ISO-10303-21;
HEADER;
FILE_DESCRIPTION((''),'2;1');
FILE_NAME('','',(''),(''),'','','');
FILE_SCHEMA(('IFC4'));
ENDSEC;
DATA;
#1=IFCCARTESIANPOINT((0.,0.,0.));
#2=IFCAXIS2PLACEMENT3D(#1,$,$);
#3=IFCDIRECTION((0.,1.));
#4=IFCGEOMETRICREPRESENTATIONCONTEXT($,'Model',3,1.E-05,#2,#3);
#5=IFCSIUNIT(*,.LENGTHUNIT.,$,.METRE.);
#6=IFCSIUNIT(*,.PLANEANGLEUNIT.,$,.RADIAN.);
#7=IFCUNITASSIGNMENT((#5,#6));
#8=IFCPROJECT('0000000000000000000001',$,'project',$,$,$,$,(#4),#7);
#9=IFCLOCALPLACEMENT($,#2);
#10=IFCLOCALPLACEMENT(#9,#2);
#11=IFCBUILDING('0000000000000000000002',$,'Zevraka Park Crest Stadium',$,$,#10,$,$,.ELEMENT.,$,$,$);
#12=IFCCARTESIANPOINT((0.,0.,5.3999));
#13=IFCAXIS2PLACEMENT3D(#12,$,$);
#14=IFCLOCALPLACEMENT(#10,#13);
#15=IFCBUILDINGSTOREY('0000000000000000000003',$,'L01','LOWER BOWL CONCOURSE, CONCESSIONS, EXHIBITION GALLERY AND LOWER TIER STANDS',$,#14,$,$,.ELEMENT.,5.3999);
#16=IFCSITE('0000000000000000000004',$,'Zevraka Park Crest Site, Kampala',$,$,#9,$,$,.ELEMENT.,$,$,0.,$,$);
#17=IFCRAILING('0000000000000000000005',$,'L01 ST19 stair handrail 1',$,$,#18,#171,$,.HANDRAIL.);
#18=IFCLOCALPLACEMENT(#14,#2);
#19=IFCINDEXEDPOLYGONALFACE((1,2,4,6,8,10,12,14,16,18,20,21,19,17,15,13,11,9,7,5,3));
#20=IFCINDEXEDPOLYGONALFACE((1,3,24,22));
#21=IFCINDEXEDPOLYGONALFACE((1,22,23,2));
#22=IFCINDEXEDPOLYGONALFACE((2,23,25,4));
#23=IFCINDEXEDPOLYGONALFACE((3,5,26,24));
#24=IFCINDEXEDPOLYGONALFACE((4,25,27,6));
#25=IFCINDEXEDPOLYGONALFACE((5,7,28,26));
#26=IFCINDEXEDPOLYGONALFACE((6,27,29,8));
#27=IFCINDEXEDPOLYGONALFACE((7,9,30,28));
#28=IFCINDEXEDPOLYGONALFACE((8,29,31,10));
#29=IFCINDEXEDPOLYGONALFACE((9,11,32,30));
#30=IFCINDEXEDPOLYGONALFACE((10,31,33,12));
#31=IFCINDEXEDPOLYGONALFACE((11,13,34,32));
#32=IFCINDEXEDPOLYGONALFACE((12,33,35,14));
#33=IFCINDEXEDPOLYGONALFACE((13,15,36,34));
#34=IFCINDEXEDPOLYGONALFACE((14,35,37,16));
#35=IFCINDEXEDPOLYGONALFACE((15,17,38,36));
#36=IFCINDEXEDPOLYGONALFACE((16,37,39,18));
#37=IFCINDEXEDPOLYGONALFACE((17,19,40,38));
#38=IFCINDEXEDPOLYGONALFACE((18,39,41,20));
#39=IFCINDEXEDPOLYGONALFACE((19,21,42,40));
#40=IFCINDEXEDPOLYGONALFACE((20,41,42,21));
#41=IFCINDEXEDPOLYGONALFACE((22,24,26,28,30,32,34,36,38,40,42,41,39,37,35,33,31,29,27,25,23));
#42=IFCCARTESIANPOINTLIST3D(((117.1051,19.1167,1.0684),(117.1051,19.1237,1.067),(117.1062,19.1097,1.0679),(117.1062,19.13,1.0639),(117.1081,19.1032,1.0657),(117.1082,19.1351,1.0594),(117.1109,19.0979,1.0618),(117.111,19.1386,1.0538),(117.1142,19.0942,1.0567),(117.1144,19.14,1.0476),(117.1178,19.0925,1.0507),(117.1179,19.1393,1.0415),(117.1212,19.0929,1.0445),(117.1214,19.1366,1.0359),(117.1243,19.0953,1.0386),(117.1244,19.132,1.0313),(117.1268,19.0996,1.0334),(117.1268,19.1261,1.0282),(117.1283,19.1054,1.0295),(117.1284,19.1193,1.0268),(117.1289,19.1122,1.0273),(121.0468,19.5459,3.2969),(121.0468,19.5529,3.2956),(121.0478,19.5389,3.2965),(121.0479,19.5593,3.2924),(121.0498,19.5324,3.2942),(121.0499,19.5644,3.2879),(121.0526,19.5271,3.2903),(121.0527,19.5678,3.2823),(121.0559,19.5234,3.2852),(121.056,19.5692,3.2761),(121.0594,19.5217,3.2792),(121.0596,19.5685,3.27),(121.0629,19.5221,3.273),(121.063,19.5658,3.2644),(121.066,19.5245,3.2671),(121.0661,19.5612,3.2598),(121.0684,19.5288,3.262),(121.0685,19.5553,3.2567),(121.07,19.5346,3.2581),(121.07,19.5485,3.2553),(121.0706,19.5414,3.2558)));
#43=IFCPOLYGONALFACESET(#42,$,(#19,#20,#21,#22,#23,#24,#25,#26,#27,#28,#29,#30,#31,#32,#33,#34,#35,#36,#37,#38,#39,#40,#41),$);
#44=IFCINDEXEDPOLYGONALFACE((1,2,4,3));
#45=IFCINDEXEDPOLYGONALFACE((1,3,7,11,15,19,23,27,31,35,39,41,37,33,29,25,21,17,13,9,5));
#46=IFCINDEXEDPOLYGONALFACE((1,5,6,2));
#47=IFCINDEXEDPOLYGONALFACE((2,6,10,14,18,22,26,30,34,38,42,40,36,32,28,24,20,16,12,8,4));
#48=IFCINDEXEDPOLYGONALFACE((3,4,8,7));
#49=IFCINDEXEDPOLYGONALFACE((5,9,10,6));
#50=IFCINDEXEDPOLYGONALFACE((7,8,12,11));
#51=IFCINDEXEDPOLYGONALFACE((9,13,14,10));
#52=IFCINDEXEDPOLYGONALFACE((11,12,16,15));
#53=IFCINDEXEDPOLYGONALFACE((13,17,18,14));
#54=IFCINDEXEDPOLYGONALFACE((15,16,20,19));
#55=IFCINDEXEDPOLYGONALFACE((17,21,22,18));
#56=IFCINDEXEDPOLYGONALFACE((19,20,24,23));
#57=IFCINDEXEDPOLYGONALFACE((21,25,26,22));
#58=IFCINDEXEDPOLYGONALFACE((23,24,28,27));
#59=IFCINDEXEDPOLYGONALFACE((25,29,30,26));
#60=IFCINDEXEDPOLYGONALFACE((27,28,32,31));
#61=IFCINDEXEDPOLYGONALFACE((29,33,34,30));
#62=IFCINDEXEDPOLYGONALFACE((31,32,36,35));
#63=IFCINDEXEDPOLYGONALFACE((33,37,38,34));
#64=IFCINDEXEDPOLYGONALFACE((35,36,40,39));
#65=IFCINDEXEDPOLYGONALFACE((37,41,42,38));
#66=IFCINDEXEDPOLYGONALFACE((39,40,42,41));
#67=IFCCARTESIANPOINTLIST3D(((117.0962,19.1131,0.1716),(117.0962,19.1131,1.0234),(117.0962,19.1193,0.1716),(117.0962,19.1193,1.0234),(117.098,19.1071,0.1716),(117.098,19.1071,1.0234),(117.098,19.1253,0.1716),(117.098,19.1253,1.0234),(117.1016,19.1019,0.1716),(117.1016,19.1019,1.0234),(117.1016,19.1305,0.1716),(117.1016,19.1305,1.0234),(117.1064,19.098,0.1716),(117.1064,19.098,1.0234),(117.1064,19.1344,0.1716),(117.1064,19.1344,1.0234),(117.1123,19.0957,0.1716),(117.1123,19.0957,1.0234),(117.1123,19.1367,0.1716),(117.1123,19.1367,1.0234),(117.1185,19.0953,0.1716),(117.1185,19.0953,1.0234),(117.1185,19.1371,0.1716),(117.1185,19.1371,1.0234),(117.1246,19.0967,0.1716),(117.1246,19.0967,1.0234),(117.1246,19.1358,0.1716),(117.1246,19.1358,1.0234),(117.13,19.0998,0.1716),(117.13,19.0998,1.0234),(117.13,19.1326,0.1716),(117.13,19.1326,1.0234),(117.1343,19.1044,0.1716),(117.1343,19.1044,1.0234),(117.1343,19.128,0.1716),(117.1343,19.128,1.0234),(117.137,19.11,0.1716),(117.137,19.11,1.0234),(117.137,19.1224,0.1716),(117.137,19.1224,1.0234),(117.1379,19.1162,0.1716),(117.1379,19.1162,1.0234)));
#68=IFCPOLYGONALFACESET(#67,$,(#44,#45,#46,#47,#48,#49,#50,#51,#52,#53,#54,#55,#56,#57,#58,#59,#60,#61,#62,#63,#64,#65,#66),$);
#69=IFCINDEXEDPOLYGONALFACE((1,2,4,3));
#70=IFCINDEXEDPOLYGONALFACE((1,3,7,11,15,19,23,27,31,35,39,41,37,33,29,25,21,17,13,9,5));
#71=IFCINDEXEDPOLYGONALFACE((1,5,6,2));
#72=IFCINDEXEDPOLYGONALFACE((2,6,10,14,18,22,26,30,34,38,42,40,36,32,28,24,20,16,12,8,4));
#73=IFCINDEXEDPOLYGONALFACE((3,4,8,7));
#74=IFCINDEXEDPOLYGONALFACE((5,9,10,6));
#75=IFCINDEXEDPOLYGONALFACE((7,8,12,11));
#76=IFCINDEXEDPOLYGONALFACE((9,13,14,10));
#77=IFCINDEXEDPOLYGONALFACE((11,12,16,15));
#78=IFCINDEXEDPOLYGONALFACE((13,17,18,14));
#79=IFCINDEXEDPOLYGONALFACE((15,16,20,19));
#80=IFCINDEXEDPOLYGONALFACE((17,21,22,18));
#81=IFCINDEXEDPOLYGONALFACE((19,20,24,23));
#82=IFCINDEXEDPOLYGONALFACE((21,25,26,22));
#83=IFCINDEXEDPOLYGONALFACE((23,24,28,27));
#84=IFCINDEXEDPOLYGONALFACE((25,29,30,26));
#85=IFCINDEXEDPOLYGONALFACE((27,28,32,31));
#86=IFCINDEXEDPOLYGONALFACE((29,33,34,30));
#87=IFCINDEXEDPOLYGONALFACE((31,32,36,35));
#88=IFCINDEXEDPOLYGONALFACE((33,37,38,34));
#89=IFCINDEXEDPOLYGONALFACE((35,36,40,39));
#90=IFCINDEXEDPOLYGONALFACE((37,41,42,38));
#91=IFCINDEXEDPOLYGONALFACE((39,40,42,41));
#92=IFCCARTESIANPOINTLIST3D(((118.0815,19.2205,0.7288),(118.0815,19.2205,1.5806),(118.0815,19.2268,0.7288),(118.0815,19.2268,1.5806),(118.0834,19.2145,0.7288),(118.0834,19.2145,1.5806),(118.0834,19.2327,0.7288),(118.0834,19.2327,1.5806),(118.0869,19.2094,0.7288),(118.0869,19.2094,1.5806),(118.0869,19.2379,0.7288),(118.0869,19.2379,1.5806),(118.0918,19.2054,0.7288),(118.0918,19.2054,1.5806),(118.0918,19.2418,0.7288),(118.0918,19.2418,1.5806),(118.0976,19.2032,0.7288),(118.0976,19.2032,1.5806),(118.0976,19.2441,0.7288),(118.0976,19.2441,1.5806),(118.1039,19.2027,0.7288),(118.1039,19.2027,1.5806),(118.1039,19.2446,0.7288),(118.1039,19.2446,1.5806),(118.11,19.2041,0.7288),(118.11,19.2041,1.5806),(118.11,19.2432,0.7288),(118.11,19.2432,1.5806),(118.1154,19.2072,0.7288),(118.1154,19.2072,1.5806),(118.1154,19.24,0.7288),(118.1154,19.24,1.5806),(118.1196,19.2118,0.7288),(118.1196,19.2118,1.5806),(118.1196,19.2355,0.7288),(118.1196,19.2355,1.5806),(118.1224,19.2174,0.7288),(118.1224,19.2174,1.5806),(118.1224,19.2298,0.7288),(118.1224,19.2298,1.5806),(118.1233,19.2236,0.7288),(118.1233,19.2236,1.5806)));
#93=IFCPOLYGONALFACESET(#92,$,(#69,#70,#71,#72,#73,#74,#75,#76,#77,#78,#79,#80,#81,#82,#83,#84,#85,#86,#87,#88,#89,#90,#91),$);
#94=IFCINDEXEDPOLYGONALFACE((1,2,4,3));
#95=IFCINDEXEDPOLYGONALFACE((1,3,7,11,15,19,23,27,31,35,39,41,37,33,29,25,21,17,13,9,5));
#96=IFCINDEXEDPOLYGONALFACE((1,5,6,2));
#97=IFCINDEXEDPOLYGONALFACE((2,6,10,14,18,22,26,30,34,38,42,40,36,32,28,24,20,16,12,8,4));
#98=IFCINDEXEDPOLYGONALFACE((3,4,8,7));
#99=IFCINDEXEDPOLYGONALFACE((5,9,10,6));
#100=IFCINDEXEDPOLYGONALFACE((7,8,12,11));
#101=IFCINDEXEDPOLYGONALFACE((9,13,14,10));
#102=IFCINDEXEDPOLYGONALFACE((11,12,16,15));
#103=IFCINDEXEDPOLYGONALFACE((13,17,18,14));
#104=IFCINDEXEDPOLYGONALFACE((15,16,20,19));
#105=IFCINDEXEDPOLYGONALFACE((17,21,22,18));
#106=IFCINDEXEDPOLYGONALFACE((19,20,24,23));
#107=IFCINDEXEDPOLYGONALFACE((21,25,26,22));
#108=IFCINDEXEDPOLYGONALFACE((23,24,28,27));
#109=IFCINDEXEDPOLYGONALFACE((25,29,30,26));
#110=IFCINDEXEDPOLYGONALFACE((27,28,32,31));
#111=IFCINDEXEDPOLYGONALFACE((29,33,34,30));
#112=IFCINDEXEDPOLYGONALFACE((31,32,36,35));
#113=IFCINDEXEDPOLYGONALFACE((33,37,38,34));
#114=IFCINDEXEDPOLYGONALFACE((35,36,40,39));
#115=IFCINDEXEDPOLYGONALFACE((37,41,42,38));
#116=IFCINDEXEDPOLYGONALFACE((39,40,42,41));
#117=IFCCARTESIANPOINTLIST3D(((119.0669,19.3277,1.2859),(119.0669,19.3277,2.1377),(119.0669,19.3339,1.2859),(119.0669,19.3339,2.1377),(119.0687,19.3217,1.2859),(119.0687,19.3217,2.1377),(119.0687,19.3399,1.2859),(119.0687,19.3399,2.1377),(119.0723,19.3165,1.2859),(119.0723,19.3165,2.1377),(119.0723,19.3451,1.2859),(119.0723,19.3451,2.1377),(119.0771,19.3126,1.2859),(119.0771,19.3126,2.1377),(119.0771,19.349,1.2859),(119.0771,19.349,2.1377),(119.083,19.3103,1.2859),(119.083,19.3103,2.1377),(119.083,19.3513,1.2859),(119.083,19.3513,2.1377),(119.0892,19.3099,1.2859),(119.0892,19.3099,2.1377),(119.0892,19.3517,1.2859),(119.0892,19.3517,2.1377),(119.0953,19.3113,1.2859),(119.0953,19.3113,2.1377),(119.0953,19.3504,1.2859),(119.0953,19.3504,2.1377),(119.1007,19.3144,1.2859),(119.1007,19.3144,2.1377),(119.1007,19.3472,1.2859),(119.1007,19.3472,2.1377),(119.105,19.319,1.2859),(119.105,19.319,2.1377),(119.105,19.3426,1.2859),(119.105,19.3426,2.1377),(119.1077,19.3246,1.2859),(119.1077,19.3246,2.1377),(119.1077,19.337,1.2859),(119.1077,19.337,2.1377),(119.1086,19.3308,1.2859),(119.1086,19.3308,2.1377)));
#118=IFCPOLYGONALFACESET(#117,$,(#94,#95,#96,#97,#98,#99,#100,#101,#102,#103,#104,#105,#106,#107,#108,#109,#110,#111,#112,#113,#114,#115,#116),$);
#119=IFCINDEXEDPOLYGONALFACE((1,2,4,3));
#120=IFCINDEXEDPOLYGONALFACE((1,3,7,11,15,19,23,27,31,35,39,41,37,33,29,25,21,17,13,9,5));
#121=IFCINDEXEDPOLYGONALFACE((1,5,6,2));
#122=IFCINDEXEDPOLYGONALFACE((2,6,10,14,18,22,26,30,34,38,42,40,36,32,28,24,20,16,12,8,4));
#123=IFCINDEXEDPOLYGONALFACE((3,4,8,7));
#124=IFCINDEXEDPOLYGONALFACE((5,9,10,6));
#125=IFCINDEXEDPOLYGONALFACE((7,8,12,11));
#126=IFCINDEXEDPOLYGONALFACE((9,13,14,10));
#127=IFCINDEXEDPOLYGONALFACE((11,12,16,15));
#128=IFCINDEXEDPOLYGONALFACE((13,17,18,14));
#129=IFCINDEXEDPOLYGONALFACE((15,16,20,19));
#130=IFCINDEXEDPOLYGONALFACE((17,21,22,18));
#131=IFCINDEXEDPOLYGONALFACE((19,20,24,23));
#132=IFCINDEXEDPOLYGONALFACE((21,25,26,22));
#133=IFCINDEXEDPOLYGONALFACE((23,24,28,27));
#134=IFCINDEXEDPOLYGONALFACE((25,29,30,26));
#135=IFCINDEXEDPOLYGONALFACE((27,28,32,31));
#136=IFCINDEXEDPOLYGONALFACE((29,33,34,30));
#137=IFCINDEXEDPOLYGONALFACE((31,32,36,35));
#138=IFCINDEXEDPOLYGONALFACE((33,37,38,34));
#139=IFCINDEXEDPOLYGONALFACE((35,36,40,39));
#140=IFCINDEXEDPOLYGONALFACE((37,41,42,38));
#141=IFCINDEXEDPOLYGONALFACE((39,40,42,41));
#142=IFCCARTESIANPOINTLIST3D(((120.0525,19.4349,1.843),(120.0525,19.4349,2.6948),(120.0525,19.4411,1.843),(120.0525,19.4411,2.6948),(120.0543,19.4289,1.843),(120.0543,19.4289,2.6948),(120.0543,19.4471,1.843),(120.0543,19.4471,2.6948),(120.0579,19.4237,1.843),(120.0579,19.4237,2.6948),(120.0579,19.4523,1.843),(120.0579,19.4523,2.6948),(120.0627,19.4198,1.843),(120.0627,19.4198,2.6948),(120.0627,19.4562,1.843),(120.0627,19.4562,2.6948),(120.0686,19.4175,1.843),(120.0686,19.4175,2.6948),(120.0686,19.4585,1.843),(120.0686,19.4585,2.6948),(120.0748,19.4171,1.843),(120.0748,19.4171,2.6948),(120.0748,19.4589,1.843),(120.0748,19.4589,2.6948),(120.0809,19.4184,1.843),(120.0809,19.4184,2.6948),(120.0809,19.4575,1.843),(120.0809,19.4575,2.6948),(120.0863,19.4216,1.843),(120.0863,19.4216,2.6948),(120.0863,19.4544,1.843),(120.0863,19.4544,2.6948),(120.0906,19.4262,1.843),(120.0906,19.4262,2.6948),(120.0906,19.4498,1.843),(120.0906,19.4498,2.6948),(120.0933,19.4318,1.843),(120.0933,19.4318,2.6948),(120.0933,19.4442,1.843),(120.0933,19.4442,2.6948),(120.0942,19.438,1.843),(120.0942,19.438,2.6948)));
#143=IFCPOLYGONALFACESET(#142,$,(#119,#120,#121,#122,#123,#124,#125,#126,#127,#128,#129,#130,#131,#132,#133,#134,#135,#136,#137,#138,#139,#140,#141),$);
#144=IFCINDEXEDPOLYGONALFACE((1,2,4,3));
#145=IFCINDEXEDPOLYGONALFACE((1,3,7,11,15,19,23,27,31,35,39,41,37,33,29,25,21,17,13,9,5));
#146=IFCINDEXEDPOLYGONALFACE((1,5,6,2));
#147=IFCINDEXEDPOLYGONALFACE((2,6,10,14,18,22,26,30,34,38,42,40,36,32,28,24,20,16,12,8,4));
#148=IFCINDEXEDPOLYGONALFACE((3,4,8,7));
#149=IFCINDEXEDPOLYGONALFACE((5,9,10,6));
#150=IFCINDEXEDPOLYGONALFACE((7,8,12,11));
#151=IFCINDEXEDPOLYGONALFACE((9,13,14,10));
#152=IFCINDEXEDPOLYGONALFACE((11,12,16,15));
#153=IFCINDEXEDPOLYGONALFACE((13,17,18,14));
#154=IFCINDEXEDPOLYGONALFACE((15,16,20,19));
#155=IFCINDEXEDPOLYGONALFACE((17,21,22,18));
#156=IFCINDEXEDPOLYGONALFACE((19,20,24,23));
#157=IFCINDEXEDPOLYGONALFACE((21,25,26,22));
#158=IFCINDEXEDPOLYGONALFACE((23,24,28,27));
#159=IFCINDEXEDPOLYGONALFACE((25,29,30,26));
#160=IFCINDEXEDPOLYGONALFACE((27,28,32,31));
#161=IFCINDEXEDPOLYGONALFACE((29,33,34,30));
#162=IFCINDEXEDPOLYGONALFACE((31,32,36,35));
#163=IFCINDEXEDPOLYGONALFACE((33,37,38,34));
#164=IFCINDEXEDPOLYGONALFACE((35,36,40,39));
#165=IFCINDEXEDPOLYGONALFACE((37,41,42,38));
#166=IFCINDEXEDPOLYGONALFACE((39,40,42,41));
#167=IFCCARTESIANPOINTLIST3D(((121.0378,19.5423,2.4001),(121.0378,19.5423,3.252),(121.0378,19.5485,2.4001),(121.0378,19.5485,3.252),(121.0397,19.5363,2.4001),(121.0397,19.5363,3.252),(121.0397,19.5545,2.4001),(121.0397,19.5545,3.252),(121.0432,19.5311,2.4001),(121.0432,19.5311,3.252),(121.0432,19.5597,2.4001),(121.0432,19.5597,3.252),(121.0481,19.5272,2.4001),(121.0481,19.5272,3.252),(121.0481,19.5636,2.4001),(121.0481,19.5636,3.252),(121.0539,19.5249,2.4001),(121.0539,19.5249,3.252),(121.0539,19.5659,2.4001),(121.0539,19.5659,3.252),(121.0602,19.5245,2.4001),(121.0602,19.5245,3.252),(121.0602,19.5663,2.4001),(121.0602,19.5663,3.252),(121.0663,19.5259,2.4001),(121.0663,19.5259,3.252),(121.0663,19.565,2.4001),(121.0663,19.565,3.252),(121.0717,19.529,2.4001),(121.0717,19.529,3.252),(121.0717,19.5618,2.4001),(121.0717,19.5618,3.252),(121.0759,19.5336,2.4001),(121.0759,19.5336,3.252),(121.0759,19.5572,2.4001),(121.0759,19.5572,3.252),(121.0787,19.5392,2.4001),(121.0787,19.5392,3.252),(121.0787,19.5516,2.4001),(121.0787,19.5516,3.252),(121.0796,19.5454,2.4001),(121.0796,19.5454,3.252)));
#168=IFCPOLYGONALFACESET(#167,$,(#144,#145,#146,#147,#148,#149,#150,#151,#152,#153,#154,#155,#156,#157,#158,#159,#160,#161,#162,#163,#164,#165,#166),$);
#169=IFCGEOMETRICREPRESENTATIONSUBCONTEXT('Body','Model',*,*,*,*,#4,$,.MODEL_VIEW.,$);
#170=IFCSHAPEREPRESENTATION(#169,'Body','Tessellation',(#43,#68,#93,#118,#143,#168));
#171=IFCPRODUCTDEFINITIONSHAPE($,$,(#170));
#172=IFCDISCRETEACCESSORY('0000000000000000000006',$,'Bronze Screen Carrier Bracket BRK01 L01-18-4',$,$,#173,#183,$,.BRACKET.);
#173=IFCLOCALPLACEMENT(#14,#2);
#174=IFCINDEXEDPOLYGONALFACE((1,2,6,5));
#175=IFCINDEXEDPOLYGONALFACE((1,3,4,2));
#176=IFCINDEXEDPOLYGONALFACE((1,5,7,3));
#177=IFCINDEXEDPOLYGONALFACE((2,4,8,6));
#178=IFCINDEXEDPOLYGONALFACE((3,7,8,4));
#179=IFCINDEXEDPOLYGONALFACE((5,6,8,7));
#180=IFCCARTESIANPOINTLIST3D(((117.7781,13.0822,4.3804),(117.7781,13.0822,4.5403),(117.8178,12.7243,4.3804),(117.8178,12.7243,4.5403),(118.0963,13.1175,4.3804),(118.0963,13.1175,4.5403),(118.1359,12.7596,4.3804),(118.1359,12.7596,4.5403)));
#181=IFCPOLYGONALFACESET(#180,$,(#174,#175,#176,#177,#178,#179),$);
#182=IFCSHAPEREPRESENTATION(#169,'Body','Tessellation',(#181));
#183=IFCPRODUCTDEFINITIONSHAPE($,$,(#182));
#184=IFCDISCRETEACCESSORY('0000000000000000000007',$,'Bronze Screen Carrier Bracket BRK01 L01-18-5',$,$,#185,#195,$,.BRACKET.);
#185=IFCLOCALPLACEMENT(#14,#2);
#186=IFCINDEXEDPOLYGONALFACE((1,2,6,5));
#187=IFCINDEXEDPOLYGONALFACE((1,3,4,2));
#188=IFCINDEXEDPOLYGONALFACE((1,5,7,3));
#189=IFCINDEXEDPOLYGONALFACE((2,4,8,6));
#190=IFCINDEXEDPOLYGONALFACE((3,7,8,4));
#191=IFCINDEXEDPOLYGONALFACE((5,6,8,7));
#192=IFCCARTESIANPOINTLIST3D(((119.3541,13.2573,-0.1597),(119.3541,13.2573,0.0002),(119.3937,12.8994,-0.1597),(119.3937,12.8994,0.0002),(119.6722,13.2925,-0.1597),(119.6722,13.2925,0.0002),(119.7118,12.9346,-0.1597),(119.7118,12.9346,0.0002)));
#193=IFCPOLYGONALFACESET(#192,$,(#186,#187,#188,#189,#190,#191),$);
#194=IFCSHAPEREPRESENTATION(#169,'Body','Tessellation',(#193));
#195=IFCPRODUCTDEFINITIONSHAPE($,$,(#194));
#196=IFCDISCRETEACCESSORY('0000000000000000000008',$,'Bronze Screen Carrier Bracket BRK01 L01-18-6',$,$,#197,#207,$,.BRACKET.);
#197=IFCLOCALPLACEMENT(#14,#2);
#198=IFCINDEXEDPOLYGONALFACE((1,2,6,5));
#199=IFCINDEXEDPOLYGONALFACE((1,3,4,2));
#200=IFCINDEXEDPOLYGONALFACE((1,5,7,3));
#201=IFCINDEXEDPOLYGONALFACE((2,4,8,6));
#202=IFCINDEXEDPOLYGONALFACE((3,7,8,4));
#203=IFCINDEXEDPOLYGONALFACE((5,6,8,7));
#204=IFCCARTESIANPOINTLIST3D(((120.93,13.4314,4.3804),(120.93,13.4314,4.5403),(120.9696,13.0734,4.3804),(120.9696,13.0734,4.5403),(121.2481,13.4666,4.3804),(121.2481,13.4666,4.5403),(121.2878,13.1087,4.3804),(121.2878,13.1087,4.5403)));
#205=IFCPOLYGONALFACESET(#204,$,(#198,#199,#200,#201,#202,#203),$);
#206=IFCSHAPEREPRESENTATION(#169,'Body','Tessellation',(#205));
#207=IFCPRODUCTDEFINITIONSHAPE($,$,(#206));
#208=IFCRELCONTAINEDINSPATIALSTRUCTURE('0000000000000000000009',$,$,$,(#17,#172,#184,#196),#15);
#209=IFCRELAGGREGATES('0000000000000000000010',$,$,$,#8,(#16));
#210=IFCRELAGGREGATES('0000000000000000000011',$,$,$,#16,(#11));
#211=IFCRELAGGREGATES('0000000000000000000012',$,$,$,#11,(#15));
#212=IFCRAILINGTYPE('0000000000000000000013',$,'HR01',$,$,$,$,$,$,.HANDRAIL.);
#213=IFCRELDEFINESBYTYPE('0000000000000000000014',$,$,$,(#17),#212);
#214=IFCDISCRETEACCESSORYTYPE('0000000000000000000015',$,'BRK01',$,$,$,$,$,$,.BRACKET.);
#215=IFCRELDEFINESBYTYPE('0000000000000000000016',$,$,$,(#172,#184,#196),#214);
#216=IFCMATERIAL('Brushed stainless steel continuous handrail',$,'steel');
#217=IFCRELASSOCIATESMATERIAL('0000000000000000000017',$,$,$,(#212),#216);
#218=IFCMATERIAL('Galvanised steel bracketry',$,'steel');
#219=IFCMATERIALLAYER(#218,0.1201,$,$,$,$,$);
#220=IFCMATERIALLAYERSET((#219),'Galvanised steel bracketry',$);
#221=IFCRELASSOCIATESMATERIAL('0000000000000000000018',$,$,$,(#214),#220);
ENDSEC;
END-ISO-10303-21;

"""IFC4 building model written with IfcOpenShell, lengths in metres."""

from ifc_helpers import new_model, si_unit, direction, frame, origin, origin_2d, place, context, subcontext, project, spatial, rectangle, circle, extrude, material, layer, layer_set, type_object, element, save


model = new_model("IFC4")

# Units and contexts
model_context = context("Model", 3, precision=1e-05, world=origin(), true_north=direction((0.0, 1.0)))
body_context = subcontext(model_context, "Body", "Model", "MODEL_VIEW")
ifc_project = project(units=[si_unit("LENGTHUNIT", "METRE"), si_unit("PLANEANGLEUNIT", "RADIAN")], contexts=[model_context])

# Site, building, storey
site_placement = place(None, origin())
site = spatial("IfcSite", under=ifc_project, at=site_placement, Name="Zevraka Park Crest Site, Kampala", CompositionType="ELEMENT", RefElevation=0.0)
building_placement = place(site_placement, origin())
building = spatial("IfcBuilding", under=site, at=building_placement, Name="Zevraka Park Crest Stadium", CompositionType="ELEMENT")
storey_placement = place(building_placement, frame((0.0, 0.0, 5.3999)))
storey = spatial("IfcBuildingStorey", under=building, at=storey_placement, Name="L01", Description="LOWER BOWL CONCOURSE, CONCESSIONS, EXHIBITION GALLERY AND LOWER TIER STANDS", CompositionType="ELEMENT", Elevation=5.3999)

# Railing
ifc_material_1 = material(Name="Brushed stainless steel continuous handrail", Category="steel")
railing_type = type_object("IfcRailingType", Name="HR01", PredefinedType="HANDRAIL", material=ifc_material_1)
railing_placement = place(storey_placement, frame((117.1169, 19.1162, 0.1716)))
element("IfcRailing", 1, at=railing_placement, inside=storey, type_object=railing_type, Name="L01 ST19 stair handrail 1", PredefinedType="HANDRAIL", context=body_context, shape_type="SweptSolid", body=[
    extrude(circle(Radius=0.0239, at=origin_2d()), frame((0.0, 0.0, 0.876), z_axis=(0.866619, 0.094365, 0.489966), x_axis=(-0.108248, 0.994124, 0.0)), (0.0, 0.0, 1.0), 4.5483),
    extrude(circle(Radius=0.021, at=origin_2d()), origin(), (0.0, 0.0, 1.0), 0.8518),
    extrude(circle(Radius=0.021, at=origin_2d()), frame((0.9854, 0.1074, 0.5571)), (0.0, 0.0, 1.0), 0.8518),
    extrude(circle(Radius=0.021, at=origin_2d()), frame((1.9707, 0.2146, 1.1143)), (0.0, 0.0, 1.0), 0.8518),
    extrude(circle(Radius=0.021, at=origin_2d()), frame((2.9563, 0.3218, 1.6714)), (0.0, 0.0, 1.0), 0.8518),
    extrude(circle(Radius=0.021, at=origin_2d()), frame((3.9417, 0.4292, 2.2285)), (0.0, 0.0, 1.0), 0.8518),
])

# Discrete accessories
ifc_material_2 = material(Name="Galvanised steel bracketry", Category="steel")
ifc_layer_1 = layer(ifc_material_2, 0.1201)
ifc_layer_set_1 = layer_set([ifc_layer_1], Name="Galvanised steel bracketry")
discrete_accessory_type = type_object("IfcDiscreteAccessoryType", Name="BRK01", PredefinedType="BRACKET", material=ifc_layer_set_1)
for number, where, z_axis, x_axis, name in (
    (2, (117.957, 12.9209, 4.3804), (0.0, 0.0, 1.0), (0.993923, 0.110081, 0.0), "Bronze Screen Carrier Bracket BRK01 L01-18-4"),
    (3, (119.533, 13.0959, -0.1597), (0.0, 0.0, 1.0), (0.993923, 0.110081, 0.0), "Bronze Screen Carrier Bracket BRK01 L01-18-5"),
    (4, (121.1089, 13.27, 4.3804), (0.0, 0.0, 1.0), (0.993923, 0.110081, 0.0), "Bronze Screen Carrier Bracket BRK01 L01-18-6"),
):
    element("IfcDiscreteAccessory", number, at=place(storey_placement, frame(where, z_axis=z_axis, x_axis=x_axis)), inside=storey, type_object=discrete_accessory_type, Name=name, PredefinedType="BRACKET", context=body_context, shape_type="SweptSolid", body=[
        extrude(rectangle(XDim=0.3201, YDim=0.3601, at=origin_2d()), origin(), (0.0, 0.0, 1.0), 0.1599),
    ])

save(model, "model.ifc")
